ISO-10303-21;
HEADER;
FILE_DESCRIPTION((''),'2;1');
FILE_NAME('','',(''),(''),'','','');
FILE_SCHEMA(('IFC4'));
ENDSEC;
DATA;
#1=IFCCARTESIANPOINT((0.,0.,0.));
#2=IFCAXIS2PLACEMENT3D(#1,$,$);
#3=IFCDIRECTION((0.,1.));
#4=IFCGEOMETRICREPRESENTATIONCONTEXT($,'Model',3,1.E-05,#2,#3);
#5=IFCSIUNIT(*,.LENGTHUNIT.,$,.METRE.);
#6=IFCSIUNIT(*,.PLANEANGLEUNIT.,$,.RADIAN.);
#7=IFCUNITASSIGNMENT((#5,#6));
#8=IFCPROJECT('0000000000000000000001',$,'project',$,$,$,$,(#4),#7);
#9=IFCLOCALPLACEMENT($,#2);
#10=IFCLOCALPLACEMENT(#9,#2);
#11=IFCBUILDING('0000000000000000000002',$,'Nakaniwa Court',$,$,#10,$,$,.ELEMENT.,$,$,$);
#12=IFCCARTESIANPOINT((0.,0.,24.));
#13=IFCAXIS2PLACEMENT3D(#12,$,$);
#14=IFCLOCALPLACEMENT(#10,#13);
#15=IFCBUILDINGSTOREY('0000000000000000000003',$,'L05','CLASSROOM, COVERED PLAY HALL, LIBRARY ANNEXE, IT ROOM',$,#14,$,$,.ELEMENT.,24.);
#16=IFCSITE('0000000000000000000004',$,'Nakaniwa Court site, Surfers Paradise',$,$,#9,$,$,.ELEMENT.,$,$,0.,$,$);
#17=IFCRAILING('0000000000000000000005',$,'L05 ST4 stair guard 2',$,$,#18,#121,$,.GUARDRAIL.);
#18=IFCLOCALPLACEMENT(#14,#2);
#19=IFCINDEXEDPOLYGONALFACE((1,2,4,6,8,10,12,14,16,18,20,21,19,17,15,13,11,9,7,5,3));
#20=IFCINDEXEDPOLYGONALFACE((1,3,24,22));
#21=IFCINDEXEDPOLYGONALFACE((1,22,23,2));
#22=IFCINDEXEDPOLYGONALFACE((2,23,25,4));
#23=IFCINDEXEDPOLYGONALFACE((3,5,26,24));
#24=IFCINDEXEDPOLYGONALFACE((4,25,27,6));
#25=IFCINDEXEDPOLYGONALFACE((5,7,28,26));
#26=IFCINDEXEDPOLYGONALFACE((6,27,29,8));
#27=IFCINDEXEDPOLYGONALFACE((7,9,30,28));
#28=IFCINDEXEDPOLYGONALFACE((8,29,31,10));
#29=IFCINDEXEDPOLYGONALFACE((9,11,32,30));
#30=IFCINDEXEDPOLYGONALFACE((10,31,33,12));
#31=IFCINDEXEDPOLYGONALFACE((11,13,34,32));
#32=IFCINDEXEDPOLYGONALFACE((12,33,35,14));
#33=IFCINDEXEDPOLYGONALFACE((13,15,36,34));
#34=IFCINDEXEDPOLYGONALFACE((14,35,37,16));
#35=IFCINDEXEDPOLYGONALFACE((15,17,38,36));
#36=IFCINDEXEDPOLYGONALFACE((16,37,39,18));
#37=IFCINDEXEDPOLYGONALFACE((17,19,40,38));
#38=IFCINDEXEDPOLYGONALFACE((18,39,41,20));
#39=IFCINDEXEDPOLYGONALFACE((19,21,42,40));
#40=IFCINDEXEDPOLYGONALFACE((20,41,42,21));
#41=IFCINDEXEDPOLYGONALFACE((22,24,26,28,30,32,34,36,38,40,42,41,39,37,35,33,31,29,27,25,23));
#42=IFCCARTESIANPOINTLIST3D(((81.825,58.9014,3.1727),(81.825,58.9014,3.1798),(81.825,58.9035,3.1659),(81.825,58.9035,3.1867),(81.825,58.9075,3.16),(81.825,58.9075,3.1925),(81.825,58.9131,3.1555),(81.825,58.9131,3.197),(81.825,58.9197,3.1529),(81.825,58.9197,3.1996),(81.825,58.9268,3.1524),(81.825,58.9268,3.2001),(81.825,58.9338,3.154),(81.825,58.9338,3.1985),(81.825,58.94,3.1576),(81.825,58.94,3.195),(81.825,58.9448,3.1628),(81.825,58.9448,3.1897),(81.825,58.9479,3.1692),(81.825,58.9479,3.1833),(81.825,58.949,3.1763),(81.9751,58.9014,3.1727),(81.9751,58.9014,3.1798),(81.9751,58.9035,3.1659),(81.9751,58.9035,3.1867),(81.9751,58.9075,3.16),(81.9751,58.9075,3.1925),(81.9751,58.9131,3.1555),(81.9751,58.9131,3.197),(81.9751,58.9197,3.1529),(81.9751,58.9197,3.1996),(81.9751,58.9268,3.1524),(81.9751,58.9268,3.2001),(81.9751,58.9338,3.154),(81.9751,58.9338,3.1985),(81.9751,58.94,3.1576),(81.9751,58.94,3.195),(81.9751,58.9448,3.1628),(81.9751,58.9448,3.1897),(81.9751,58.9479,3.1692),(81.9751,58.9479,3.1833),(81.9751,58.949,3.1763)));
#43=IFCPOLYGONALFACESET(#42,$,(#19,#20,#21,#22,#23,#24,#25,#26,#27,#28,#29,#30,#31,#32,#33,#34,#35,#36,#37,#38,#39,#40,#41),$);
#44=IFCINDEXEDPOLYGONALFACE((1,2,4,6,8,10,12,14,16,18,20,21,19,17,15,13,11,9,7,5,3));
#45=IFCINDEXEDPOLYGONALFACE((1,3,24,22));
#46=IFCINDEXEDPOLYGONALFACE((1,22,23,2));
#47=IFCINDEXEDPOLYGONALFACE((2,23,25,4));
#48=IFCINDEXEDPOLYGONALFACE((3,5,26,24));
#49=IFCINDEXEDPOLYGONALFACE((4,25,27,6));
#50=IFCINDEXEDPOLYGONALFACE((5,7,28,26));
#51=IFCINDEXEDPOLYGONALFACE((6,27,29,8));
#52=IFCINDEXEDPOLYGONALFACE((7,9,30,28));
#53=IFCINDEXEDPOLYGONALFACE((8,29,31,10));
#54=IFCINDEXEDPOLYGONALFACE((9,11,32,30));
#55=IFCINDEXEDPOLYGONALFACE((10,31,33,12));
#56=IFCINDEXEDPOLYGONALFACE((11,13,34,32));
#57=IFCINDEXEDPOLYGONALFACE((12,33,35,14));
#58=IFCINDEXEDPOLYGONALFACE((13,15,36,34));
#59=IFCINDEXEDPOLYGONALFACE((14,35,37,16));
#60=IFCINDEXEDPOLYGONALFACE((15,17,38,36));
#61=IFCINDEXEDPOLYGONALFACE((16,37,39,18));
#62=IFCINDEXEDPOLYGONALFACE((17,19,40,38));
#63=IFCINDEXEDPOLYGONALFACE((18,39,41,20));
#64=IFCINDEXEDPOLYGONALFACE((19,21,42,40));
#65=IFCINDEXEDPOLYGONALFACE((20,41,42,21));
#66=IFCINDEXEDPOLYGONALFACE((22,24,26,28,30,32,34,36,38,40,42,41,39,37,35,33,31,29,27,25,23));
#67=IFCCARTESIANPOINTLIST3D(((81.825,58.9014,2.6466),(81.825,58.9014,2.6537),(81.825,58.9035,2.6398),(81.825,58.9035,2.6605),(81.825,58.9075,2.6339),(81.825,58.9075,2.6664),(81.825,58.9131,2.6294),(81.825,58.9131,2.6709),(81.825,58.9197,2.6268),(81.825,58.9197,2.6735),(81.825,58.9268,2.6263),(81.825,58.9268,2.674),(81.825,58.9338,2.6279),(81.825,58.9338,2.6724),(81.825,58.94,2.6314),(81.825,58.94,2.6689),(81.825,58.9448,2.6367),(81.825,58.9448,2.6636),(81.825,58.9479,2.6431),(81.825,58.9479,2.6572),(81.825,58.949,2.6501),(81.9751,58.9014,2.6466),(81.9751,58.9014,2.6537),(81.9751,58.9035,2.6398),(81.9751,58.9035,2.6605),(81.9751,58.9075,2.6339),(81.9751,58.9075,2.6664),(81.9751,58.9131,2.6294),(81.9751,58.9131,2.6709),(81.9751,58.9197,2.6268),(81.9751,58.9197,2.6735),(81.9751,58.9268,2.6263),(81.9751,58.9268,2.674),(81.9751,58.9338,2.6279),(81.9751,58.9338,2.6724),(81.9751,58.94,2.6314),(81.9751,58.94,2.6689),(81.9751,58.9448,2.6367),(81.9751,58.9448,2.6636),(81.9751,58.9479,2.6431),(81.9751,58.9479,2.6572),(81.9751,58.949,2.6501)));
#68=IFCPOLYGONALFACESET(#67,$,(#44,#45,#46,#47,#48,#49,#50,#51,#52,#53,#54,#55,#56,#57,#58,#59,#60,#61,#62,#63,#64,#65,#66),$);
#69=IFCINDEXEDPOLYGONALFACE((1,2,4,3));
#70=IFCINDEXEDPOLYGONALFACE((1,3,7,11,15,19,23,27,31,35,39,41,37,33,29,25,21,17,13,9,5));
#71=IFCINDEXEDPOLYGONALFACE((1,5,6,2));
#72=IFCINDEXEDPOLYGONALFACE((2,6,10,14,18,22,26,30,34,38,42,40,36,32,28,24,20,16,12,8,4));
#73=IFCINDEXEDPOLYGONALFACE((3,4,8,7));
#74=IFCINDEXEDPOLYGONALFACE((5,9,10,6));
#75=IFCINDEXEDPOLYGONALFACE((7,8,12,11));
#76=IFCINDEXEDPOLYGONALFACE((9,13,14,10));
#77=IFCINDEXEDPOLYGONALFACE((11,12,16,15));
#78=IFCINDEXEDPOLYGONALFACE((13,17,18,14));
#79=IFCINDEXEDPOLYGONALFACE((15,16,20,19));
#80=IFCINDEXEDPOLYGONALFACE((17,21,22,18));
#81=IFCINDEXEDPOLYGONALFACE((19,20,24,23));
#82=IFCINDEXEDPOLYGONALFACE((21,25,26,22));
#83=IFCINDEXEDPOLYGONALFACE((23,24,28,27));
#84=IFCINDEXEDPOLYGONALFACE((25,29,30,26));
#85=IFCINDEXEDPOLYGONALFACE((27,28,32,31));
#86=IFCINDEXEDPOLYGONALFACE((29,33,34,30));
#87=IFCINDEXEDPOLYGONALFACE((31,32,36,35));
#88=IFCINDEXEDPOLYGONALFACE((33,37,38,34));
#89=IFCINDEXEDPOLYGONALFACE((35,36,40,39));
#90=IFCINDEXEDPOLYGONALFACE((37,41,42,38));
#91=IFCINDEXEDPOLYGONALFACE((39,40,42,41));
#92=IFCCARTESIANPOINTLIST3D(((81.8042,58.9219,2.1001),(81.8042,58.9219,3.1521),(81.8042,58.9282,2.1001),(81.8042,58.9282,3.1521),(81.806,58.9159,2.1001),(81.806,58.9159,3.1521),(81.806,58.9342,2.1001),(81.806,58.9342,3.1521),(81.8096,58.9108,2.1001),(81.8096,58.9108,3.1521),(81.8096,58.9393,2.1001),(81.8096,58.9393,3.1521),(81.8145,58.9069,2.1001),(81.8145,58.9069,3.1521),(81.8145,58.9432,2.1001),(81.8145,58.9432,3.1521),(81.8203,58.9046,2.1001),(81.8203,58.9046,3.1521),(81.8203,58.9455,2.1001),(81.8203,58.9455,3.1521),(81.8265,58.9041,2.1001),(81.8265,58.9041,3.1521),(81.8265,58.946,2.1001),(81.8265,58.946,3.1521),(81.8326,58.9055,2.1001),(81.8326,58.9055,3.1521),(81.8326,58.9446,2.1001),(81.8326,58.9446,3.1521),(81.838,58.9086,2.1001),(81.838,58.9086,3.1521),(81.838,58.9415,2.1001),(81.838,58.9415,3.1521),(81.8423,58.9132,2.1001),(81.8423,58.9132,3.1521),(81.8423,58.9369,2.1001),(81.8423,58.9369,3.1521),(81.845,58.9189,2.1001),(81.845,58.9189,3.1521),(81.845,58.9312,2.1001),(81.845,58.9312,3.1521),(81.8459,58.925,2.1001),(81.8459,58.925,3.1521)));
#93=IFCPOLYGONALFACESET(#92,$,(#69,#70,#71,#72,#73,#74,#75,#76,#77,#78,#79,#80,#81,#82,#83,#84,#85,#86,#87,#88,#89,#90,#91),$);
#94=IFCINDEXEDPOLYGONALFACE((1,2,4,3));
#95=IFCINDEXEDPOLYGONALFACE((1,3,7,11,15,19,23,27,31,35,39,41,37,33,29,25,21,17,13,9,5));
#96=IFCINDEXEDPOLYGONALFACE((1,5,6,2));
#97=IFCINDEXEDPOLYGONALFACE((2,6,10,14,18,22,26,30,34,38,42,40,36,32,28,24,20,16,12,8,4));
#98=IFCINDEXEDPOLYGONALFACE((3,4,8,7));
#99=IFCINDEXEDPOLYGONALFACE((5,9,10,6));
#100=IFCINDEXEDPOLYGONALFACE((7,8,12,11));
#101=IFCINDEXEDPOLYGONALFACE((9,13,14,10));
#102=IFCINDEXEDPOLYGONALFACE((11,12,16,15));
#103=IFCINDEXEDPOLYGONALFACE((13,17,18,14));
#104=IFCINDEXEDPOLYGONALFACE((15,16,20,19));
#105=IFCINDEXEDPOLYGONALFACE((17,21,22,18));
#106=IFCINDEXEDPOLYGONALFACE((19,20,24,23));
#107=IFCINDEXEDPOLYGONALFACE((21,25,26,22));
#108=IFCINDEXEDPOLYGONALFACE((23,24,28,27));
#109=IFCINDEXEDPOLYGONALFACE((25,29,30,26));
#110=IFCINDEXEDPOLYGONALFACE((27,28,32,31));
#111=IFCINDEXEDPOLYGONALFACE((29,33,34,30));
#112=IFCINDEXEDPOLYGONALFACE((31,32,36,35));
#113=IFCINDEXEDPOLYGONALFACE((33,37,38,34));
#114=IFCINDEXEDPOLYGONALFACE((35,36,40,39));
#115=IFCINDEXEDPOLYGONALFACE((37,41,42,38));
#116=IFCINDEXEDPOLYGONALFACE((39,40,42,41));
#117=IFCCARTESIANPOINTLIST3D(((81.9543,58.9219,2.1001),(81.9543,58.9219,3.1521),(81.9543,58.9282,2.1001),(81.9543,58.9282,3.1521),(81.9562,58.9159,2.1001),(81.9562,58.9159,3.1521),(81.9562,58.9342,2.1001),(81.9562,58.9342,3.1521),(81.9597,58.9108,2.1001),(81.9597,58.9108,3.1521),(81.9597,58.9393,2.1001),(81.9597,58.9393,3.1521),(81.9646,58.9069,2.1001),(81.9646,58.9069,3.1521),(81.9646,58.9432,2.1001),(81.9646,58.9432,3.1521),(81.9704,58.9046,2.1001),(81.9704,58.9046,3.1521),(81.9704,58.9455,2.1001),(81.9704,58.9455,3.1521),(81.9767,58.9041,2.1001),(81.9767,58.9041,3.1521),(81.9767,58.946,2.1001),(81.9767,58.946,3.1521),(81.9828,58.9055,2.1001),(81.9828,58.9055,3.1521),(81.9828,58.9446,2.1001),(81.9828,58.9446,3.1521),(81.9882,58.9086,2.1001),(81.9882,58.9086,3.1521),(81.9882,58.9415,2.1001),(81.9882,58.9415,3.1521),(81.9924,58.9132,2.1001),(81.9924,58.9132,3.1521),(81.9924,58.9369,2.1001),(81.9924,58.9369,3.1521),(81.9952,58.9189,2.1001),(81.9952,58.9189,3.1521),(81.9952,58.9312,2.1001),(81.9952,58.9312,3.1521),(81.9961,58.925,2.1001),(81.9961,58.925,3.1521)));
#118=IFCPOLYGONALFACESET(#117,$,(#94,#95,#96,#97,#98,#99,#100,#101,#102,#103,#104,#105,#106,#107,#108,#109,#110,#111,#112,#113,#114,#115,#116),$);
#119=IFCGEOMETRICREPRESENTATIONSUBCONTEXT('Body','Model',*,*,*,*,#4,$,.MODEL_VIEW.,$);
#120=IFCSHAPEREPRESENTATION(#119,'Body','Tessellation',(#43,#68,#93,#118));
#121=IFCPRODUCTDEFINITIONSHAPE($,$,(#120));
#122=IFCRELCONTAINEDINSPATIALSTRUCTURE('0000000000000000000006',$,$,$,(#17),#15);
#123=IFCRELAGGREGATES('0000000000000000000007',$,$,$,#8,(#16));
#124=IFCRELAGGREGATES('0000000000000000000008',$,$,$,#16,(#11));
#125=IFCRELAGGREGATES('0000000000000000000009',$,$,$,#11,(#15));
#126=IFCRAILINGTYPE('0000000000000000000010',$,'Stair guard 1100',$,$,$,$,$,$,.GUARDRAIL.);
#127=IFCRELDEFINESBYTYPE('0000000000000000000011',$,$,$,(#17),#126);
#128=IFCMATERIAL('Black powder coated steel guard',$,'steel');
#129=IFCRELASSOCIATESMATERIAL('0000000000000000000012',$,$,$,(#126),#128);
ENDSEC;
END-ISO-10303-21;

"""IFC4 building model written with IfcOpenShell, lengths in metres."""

from ifc_helpers import new_model, si_unit, direction, frame, origin, origin_2d, place, context, subcontext, project, spatial, circle, extrude, material, type_object, element, save


model = new_model("IFC4")

# Units and contexts
model_context = context("Model", 3, precision=1e-05, world=origin(), true_north=direction((0.0, 1.0)))
body_context = subcontext(model_context, "Body", "Model", "MODEL_VIEW")
ifc_project = project(units=[si_unit("LENGTHUNIT", "METRE"), si_unit("PLANEANGLEUNIT", "RADIAN")], contexts=[model_context])

# Site, building, storey
site_placement = place(None, origin())
site = spatial("IfcSite", under=ifc_project, at=site_placement, Name="Nakaniwa Court site, Surfers Paradise", CompositionType="ELEMENT", RefElevation=0.0)
building_placement = place(site_placement, origin())
building = spatial("IfcBuilding", under=site, at=building_placement, Name="Nakaniwa Court", CompositionType="ELEMENT")
storey_placement = place(building_placement, frame((0.0, 0.0, 24.0)))
storey = spatial("IfcBuildingStorey", under=building, at=storey_placement, Name="L05", Description="CLASSROOM, COVERED PLAY HALL, LIBRARY ANNEXE, IT ROOM", CompositionType="ELEMENT", Elevation=24.0)

# Railing
ifc_material_1 = material(Name="Black powder coated steel guard", Category="steel")
railing_type_1 = type_object("IfcRailingType", Name="Stair guard 1100", PredefinedType="GUARDRAIL", material=ifc_material_1)
railing_1_placement = place(storey_placement, frame((81.825, 58.925, 2.1001)))
element("IfcRailing", 1, at=railing_1_placement, inside=storey, type_object=railing_type_1, Name="L05 ST4 stair guard 2", PredefinedType="GUARDRAIL", context=body_context, shape_type="SweptSolid", body=[
    extrude(circle(Radius=0.0239, at=origin_2d()), frame((0.0, 0.0, 1.0762), z_axis=(1.0, 0.0, 0.0), x_axis=(0.0, 1.0, 0.0)), (0.0, 0.0, 1.0), 0.1501),
    extrude(circle(Radius=0.0239, at=origin_2d()), frame((0.0, 0.0, 0.55), z_axis=(1.0, 0.0, 0.0), x_axis=(0.0, 1.0, 0.0)), (0.0, 0.0, 1.0), 0.1501),
    extrude(circle(Radius=0.021, at=origin_2d()), origin(), (0.0, 0.0, 1.0), 1.052),
    extrude(circle(Radius=0.021, at=origin_2d()), frame((0.1501, 0.0, 0.0)), (0.0, 0.0, 1.0), 1.052),
])

save(model, "model.ifc")
